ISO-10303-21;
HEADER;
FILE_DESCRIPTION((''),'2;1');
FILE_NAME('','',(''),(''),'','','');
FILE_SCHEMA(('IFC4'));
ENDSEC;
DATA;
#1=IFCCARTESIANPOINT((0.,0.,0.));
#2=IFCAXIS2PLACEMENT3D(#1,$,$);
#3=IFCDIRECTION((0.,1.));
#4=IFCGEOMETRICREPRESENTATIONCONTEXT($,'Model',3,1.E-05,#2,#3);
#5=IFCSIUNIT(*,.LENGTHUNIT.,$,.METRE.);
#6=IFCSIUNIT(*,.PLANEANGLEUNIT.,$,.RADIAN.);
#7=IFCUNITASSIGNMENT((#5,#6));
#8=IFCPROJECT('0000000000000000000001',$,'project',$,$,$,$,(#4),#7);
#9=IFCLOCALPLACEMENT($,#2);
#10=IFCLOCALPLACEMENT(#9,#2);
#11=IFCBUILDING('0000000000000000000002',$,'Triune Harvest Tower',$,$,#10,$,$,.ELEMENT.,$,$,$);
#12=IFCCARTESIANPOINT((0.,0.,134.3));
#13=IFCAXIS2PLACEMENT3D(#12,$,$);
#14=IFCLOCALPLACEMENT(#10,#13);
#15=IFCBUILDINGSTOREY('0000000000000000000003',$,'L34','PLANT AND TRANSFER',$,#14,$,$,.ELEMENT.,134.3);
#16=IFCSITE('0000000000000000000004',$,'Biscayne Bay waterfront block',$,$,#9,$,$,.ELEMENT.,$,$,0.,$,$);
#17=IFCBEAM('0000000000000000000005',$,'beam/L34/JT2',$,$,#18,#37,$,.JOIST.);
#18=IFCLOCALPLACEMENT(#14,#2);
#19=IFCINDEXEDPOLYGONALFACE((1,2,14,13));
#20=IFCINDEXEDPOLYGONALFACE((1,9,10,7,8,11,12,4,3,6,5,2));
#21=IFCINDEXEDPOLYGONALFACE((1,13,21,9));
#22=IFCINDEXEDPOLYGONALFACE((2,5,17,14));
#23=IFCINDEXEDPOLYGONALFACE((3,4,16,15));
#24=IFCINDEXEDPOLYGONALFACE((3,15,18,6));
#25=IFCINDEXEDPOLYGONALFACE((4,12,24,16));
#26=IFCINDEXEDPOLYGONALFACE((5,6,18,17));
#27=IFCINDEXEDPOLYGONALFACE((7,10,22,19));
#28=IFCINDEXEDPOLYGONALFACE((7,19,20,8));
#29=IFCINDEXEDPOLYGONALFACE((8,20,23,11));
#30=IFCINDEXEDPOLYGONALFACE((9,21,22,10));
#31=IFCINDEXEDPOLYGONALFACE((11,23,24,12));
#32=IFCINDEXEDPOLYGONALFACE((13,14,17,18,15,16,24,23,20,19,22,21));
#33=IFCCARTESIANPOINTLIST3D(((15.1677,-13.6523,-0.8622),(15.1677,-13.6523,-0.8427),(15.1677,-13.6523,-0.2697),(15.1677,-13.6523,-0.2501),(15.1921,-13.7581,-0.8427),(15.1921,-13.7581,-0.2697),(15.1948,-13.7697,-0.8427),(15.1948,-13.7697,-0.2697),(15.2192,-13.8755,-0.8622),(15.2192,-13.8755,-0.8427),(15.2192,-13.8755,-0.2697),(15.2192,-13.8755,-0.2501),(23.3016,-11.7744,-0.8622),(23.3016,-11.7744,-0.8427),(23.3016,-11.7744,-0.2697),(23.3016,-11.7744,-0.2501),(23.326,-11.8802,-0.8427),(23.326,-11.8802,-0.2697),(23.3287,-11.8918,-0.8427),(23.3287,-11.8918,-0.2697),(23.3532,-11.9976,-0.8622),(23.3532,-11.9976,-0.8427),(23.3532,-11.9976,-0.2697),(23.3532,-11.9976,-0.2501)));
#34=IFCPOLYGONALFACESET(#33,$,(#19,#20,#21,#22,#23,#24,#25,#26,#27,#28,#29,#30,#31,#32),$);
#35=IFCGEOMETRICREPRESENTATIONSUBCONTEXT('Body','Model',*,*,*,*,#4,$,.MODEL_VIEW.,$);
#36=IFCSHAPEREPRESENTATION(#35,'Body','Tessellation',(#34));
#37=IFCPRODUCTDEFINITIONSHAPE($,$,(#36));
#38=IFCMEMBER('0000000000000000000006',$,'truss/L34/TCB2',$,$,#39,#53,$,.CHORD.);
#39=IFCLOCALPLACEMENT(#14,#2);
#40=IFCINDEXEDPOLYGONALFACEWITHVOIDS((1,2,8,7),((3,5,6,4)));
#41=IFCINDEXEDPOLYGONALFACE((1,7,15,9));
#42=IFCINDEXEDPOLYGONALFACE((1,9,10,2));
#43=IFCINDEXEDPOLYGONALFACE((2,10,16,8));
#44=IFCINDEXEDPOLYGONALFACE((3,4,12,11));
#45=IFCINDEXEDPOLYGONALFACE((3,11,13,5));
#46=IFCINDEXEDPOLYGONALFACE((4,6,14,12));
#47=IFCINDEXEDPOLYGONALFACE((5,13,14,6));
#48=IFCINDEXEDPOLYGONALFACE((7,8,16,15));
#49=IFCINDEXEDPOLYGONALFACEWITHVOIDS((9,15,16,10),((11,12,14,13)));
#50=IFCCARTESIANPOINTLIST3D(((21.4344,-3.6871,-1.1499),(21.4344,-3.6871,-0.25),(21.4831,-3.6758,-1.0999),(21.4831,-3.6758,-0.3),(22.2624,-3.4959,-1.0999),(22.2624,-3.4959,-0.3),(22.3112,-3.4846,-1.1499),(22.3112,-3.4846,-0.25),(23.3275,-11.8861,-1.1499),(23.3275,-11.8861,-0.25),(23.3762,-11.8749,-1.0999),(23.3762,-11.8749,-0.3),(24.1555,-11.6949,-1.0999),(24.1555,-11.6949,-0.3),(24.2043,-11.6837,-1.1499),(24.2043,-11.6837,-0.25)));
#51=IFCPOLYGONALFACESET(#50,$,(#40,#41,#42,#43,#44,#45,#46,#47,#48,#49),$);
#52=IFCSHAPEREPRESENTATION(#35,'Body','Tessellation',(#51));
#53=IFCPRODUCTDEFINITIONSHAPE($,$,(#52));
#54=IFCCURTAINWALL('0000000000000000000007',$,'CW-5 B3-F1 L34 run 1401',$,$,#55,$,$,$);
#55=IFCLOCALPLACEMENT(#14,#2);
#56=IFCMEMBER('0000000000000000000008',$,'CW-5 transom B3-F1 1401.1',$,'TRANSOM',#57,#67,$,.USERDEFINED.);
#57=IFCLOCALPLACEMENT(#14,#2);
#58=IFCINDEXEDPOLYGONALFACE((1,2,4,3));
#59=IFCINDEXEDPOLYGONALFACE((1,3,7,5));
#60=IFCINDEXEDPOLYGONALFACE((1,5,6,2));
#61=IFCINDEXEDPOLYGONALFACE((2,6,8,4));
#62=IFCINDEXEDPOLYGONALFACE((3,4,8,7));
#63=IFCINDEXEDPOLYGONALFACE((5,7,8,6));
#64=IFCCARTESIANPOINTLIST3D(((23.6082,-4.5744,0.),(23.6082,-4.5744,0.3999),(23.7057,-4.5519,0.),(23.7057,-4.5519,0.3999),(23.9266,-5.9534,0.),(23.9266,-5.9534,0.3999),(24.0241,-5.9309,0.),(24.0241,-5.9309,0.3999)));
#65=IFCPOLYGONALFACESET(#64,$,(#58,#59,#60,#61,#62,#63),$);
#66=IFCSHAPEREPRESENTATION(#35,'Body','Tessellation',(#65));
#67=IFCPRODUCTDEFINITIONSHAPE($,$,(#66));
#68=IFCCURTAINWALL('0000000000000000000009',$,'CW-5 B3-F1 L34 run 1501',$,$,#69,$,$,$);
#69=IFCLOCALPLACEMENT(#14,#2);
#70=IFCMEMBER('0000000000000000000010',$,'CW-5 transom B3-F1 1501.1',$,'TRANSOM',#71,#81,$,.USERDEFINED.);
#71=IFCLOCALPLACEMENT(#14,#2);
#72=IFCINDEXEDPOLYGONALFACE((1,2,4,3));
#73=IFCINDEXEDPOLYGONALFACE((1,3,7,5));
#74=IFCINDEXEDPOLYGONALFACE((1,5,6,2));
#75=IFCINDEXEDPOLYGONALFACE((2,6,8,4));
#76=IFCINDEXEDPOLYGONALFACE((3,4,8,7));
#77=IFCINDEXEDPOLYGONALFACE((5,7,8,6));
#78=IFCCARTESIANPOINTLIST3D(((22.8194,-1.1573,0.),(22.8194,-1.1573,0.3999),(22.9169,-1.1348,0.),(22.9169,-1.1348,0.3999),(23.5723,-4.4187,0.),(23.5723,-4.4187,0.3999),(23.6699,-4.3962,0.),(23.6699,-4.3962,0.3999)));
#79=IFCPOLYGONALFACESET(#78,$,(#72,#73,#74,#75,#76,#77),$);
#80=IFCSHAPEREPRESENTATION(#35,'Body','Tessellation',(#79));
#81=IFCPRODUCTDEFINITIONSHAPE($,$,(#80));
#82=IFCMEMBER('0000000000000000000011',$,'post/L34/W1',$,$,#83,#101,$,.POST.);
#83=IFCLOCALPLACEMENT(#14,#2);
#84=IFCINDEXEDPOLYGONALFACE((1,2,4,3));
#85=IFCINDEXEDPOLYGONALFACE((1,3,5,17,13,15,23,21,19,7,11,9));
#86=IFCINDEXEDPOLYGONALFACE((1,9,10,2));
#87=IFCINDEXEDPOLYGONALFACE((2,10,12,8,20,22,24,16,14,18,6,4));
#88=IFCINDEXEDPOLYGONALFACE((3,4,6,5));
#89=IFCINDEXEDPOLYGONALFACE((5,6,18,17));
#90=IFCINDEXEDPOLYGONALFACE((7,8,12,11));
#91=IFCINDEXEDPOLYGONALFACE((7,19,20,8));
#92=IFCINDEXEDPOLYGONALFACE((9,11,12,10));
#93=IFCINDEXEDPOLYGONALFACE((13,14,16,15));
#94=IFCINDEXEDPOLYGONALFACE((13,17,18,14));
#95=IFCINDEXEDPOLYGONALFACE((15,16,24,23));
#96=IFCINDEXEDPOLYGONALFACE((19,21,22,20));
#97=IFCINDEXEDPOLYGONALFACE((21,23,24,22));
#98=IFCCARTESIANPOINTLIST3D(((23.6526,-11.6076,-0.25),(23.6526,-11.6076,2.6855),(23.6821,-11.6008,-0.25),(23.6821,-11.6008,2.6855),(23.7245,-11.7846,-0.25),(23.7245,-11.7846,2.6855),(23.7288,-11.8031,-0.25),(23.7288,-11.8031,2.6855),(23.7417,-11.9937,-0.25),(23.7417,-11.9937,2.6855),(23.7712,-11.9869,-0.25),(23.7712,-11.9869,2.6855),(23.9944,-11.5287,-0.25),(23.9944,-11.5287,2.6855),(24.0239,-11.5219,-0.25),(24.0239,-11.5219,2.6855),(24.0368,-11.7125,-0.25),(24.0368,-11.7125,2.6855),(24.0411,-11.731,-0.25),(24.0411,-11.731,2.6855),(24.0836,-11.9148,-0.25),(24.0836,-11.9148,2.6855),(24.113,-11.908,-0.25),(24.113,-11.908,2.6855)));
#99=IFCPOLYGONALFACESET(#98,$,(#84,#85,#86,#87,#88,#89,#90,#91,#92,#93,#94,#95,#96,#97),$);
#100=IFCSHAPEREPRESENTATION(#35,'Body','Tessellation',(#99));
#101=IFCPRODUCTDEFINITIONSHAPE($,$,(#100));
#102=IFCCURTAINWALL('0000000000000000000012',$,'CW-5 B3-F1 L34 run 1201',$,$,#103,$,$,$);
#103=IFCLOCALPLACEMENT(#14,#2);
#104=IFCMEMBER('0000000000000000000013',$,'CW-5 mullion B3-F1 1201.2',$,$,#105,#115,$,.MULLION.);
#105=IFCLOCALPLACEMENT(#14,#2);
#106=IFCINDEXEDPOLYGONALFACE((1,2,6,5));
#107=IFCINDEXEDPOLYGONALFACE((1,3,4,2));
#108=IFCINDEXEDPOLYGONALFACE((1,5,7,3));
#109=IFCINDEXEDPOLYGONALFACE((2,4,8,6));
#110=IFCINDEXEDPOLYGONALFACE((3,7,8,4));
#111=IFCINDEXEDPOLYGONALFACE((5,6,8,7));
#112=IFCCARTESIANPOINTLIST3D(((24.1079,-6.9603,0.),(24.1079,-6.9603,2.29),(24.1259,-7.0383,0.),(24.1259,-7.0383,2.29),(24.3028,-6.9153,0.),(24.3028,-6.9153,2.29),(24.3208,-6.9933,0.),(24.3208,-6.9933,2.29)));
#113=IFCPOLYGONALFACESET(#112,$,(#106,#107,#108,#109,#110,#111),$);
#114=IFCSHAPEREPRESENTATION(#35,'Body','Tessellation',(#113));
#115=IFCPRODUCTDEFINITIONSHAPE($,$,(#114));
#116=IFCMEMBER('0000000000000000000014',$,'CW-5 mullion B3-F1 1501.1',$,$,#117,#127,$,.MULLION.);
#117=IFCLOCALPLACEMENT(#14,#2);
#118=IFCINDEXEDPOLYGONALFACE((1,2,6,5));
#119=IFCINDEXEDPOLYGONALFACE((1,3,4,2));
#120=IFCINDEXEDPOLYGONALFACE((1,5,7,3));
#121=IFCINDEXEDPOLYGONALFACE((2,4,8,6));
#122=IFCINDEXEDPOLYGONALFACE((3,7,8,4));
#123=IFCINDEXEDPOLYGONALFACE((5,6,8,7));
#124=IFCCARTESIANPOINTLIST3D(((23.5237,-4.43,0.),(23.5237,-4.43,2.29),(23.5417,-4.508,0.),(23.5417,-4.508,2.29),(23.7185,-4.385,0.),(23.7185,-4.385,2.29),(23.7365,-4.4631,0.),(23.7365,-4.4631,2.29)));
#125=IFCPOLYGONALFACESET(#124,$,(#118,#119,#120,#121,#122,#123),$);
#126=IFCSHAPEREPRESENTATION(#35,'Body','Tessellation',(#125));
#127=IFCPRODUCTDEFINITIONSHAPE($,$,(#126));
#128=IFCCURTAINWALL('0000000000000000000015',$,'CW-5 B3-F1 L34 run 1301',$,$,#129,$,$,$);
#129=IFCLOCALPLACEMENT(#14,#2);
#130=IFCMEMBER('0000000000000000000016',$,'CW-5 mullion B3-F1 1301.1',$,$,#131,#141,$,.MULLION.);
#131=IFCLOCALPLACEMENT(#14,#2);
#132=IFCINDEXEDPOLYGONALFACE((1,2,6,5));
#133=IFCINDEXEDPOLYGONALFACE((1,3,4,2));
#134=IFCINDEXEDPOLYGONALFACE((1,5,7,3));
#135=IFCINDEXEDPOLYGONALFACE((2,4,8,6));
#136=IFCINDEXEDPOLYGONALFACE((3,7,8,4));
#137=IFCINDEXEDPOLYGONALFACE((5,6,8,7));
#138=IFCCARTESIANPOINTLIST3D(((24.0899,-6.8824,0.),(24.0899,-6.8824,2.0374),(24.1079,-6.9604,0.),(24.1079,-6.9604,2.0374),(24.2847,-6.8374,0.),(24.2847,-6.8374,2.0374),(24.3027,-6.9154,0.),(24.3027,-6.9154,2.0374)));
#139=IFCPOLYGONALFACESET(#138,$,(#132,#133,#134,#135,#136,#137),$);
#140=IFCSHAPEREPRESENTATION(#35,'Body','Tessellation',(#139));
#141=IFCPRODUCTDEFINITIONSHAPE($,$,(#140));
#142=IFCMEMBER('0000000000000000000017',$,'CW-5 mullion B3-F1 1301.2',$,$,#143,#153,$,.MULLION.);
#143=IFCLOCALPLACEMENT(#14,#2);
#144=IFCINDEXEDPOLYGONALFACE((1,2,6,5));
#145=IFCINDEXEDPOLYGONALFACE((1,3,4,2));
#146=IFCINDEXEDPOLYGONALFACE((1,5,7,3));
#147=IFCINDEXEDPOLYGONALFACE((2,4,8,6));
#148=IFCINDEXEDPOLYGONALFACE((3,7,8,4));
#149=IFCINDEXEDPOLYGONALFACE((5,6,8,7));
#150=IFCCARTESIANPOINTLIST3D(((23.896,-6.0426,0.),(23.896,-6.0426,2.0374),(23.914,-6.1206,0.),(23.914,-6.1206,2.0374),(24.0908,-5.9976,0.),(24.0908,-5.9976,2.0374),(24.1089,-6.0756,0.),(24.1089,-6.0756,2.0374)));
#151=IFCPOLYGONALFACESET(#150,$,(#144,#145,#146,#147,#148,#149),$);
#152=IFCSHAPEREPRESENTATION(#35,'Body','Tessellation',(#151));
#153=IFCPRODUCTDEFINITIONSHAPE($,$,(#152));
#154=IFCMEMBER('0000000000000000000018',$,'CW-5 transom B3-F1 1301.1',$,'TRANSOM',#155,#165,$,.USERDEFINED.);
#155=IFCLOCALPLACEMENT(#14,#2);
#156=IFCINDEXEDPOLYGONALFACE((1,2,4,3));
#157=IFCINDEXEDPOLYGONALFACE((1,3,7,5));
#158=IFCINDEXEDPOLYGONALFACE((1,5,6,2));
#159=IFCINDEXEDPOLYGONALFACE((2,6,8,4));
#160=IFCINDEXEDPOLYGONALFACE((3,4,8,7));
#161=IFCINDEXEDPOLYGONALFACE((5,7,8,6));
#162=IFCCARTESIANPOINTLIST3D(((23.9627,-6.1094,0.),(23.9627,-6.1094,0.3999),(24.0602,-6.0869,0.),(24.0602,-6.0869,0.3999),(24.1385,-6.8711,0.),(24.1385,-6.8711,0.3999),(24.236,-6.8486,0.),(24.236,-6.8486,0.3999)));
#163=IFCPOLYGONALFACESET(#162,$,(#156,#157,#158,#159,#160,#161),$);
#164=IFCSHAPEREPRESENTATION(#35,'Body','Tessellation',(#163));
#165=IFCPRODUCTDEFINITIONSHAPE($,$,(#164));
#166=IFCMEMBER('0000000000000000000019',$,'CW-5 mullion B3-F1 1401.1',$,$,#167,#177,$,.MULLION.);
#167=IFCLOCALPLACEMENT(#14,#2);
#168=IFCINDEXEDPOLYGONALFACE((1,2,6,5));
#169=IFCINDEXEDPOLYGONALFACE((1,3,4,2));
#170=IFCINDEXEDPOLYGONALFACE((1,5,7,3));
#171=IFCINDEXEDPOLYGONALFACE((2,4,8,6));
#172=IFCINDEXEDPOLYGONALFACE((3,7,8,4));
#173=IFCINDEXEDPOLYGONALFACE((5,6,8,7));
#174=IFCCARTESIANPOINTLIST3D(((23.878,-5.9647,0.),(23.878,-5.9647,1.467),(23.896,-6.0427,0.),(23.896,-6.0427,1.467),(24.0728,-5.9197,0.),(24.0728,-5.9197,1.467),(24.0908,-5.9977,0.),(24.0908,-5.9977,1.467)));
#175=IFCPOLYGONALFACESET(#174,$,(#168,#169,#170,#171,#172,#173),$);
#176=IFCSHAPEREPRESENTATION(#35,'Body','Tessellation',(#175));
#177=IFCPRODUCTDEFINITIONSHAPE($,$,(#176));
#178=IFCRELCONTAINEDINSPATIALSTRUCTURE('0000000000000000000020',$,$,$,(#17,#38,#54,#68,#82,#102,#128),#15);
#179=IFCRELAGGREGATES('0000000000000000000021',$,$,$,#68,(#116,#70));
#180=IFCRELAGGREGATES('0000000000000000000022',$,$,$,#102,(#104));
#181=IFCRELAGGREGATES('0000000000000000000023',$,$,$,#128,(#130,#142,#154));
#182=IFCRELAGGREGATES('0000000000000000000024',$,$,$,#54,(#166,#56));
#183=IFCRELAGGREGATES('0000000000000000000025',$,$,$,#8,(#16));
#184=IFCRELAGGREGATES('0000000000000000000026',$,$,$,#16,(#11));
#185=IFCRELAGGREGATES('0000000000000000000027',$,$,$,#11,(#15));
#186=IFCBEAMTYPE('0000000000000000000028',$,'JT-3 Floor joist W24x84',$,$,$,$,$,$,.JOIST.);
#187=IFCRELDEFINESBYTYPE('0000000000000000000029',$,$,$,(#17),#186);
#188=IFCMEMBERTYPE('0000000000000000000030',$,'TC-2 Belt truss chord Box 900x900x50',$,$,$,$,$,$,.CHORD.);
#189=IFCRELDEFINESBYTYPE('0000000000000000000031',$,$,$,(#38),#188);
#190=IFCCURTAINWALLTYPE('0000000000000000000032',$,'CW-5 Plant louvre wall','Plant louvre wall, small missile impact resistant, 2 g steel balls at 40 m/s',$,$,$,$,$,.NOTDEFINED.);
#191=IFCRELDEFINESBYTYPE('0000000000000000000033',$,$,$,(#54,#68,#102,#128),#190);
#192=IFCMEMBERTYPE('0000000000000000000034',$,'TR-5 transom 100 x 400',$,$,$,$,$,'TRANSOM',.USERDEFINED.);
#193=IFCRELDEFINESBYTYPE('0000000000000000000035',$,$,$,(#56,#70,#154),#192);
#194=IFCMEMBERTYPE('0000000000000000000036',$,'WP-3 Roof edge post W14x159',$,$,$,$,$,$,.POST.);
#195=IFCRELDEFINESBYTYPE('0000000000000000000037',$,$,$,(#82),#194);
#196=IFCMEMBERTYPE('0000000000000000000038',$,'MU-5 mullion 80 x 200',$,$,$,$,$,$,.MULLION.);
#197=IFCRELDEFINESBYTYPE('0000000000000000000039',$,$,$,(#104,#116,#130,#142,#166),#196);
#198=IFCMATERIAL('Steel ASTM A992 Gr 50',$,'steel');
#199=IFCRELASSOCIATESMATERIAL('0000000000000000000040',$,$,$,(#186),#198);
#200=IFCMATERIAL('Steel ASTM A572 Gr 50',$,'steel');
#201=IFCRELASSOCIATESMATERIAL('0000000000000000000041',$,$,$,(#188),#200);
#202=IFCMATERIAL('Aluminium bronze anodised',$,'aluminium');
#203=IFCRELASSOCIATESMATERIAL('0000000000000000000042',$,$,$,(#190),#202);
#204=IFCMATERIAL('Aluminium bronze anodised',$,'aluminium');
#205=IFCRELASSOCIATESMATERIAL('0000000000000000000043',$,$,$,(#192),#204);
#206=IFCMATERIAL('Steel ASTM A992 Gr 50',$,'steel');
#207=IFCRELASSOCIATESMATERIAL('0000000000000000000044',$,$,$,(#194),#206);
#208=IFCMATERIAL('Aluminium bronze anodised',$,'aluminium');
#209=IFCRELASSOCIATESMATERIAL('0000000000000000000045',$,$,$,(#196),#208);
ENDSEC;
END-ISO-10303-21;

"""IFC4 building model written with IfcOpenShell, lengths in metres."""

from ifc_helpers import new_model, si_unit, direction, frame, origin, origin_2d, place, context, subcontext, project, spatial, rectangle, hollow_rectangle, i_section, extrude, source, transform, mapped, material, material_profile, profile_set, type_object, element, aggregate, save


model = new_model("IFC4")

# Units and contexts
model_context = context("Model", 3, precision=1e-05, world=origin(), true_north=direction((0.0, 1.0)))
body_context = subcontext(model_context, "Body", "Model", "MODEL_VIEW")
ifc_project = project(units=[si_unit("LENGTHUNIT", "METRE"), si_unit("PLANEANGLEUNIT", "RADIAN")], contexts=[model_context])

# Site, building, storey
site_placement = place(None, origin())
site = spatial("IfcSite", under=ifc_project, at=site_placement, Name="Biscayne Bay waterfront block", CompositionType="ELEMENT", RefElevation=0.0)
building_placement = place(site_placement, origin())
building = spatial("IfcBuilding", under=site, at=building_placement, Name="Triune Harvest Tower", CompositionType="ELEMENT")
storey_placement = place(building_placement, frame((0.0, 0.0, 134.3)))
storey = spatial("IfcBuildingStorey", under=building, at=storey_placement, Name="L34", Description="PLANT AND TRANSFER", CompositionType="ELEMENT", Elevation=134.3)

# Beam
ifc_material_1 = material(Name="Steel ASTM A992 Gr 50", Category="steel")
ifc_material_profile_1 = material_profile(ifc_material_1, i_section(OverallWidth=0.229, OverallDepth=0.6121, WebThickness=0.012, FlangeThickness=0.0195, at=origin_2d()), Name="W24x84")
ifc_profile_set_1 = profile_set([ifc_material_profile_1], Name="Steel ASTM A992 Gr 50")
beam_type = type_object("IfcBeamType", Name="JT-3 Floor joist W24x84", PredefinedType="JOIST", material=ifc_profile_set_1)
beam_placement = place(storey_placement, frame((23.3274, -11.886, -0.5562), z_axis=(-0.974369, -0.224956, 0.0), x_axis=(0.224956, -0.974369, 0.0)))
element("IfcBeam", 1, at=beam_placement, inside=storey, type_object=beam_type, Name="beam/L34/JT2", PredefinedType="JOIST", context=body_context, shape_type="SweptSolid", body=[
    extrude(i_section(OverallWidth=0.229, OverallDepth=0.6121, WebThickness=0.012, FlangeThickness=0.0195, at=origin_2d()), origin(), (0.0, 0.0, 1.0), 8.3479),
])

# Member
ifc_material_2 = material(Name="Steel ASTM A572 Gr 50", Category="steel")
ifc_material_profile_2 = material_profile(ifc_material_2, hollow_rectangle(XDim=0.8999, YDim=0.8999, WallThickness=0.05, at=origin_2d()), Name="Box 900x900x50")
ifc_profile_set_2 = profile_set([ifc_material_profile_2], Name="Steel ASTM A572 Gr 50")
member_type_1 = type_object("IfcMemberType", Name="TC-2 Belt truss chord Box 900x900x50", PredefinedType="CHORD", material=ifc_profile_set_2)
member_1_placement = place(storey_placement, frame((23.7659, -11.7849, -0.7), z_axis=(-0.224972, 0.974365, 0.0), x_axis=(-0.974365, -0.224972, 0.0)))
element("IfcMember", 2, at=member_1_placement, inside=storey, type_object=member_type_1, Name="truss/L34/TCB2", PredefinedType="CHORD", context=body_context, shape_type="SweptSolid", body=[
    extrude(hollow_rectangle(XDim=0.8999, YDim=0.8999, WallThickness=0.05, at=origin_2d()), origin(), (0.0, 0.0, 1.0), 8.4148),
])

# Curtain walls, members
ifc_material_3 = material(Name="Aluminium bronze anodised", Category="aluminium")
curtain_wall_type = type_object("IfcCurtainWallType", Name="CW-5 Plant louvre wall", Description="Plant louvre wall, small missile impact resistant, 2 g steel balls at 40 m/s", PredefinedType="NOTDEFINED", material=ifc_material_3)
curtain_wall_1_placement = place(storey_placement, origin())
curtain_wall_1 = element("IfcCurtainWall", 3, at=curtain_wall_1_placement, inside=storey, type_object=curtain_wall_type, Name="CW-5 B3-F1 L34 run 1401")
ifc_material_4 = material(Name="Aluminium bronze anodised", Category="aluminium")
ifc_material_profile_3 = material_profile(ifc_material_4, rectangle(XDim=0.1001, YDim=0.3999, at=origin_2d()), Name="TR-5 transom 100 x 400")
ifc_profile_set_3 = profile_set([ifc_material_profile_3], Name="Aluminium bronze anodised")
member_type_2 = type_object("IfcMemberType", Name="TR-5 transom 100 x 400", ElementType="TRANSOM", PredefinedType="USERDEFINED", material=ifc_profile_set_3)
member_2_placement = place(storey_placement, frame((23.9753, -5.9421, 0.2), z_axis=(-0.22496, 0.974368, 0.0), x_axis=(-0.974368, -0.22496, 0.0)))
member_2 = element("IfcMember", 4, at=member_2_placement, type_object=member_type_2, Name="CW-5 transom B3-F1 1401.1", ObjectType="TRANSOM", PredefinedType="USERDEFINED", context=body_context, shape_type="SweptSolid", body=[
    extrude(rectangle(XDim=0.1001, YDim=0.3999, at=origin_2d()), origin(), (0.0, 0.0, 1.0), 1.4153),
])
curtain_wall_2_placement = place(storey_placement, origin())
curtain_wall_2 = element("IfcCurtainWall", 5, at=curtain_wall_2_placement, inside=storey, type_object=curtain_wall_type, Name="CW-5 B3-F1 L34 run 1501")
member_3_placement = place(storey_placement, frame((23.6211, -4.4075, 0.2), z_axis=(-0.224939, 0.974373, 0.0), x_axis=(-0.974373, -0.224939, 0.0)))
member_3 = element("IfcMember", 6, at=member_3_placement, type_object=member_type_2, Name="CW-5 transom B3-F1 1501.1", ObjectType="TRANSOM", PredefinedType="USERDEFINED", context=body_context, shape_type="SweptSolid", body=[
    extrude(rectangle(XDim=0.1001, YDim=0.3999, at=origin_2d()), origin(), (0.0, 0.0, 1.0), 3.3472),
])

# Member
ifc_material_5 = material(Name="Steel ASTM A992 Gr 50", Category="steel")
ifc_material_profile_4 = material_profile(ifc_material_5, i_section(OverallWidth=0.3962, OverallDepth=0.3811, WebThickness=0.019, FlangeThickness=0.0303, at=origin_2d()), Name="W14x159")
ifc_profile_set_4 = profile_set([ifc_material_profile_4], Name="Steel ASTM A992 Gr 50")
member_type_3 = type_object("IfcMemberType", Name="WP-3 Roof edge post W14x159", PredefinedType="POST", material=ifc_profile_set_4)
shared_shape_1 = source(origin(), body_context, "Body", "SweptSolid", [
    extrude(i_section(OverallWidth=0.3962, OverallDepth=0.3811, WebThickness=0.019, FlangeThickness=0.0303, at=origin_2d()), origin(), (0.0, 0.0, 1.0), 2.9355),
])
member_4_placement = place(storey_placement, frame((23.8828, -11.7578, -0.25), z_axis=(0.0, 0.0, 1.0), x_axis=(-0.224953, 0.97437, 0.0)))
element("IfcMember", 7, at=member_4_placement, inside=storey, type_object=member_type_3, Name="post/L34/W1", PredefinedType="POST", context=body_context, shape_type="MappedRepresentation", body=[
    mapped(shared_shape_1, transform((0.0, 0.0, 0.0), scale=1.0)),
])

# Curtain wall, member
curtain_wall_3_placement = place(storey_placement, origin())
curtain_wall_3 = element("IfcCurtainWall", 8, at=curtain_wall_3_placement, inside=storey, type_object=curtain_wall_type, Name="CW-5 B3-F1 L34 run 1201")
ifc_material_6 = material(Name="Aluminium bronze anodised", Category="aluminium")
ifc_material_profile_5 = material_profile(ifc_material_6, rectangle(XDim=0.2, YDim=0.0801, at=origin_2d()), Name="MU-5 mullion 80 x 200")
ifc_profile_set_5 = profile_set([ifc_material_profile_5], Name="Aluminium bronze anodised")
member_type_4 = type_object("IfcMemberType", Name="MU-5 mullion 80 x 200", PredefinedType="MULLION", material=ifc_profile_set_5)
shared_shape_2 = source(origin(), body_context, "Body", "SweptSolid", [
    extrude(rectangle(XDim=0.2, YDim=0.0801, at=origin_2d()), origin(), (0.0, 0.0, 1.0), 2.29),
])
member_5_placement = place(storey_placement, frame((24.2144, -6.9768, 0.0), z_axis=(0.0, 0.0, 1.0), x_axis=(-0.974368, -0.22496, 0.0)))
member_5 = element("IfcMember", 9, at=member_5_placement, type_object=member_type_4, Name="CW-5 mullion B3-F1 1201.2", PredefinedType="MULLION", context=body_context, shape_type="MappedRepresentation", body=[
    mapped(shared_shape_2, transform((0.0, 0.0, 0.0), scale=1.0)),
])

# Member
member_6_placement = place(storey_placement, frame((23.6301, -4.4465, 0.0), z_axis=(0.0, 0.0, 1.0), x_axis=(-0.974367, -0.224966, 0.0)))
member_6 = element("IfcMember", 10, at=member_6_placement, type_object=member_type_4, Name="CW-5 mullion B3-F1 1501.1", PredefinedType="MULLION", context=body_context, shape_type="MappedRepresentation", body=[
    mapped(shared_shape_2, transform((0.0, 0.0, 0.0), scale=1.0)),
])
aggregate(curtain_wall_2, [member_6, member_3])

# Curtain wall, members
curtain_wall_4_placement = place(storey_placement, origin())
curtain_wall_4 = element("IfcCurtainWall", 11, at=curtain_wall_4_placement, inside=storey, type_object=curtain_wall_type, Name="CW-5 B3-F1 L34 run 1301")
shared_shape_3 = source(origin(), body_context, "Body", "SweptSolid", [
    extrude(rectangle(XDim=0.2, YDim=0.0801, at=origin_2d()), origin(), (0.0, 0.0, 1.0), 2.0374),
])
member_7_placement = place(storey_placement, frame((24.1963, -6.8989, 0.0), z_axis=(0.0, 0.0, 1.0), x_axis=(-0.974368, -0.22496, 0.0)))
member_7 = element("IfcMember", 12, at=member_7_placement, type_object=member_type_4, Name="CW-5 mullion B3-F1 1301.1", PredefinedType="MULLION", context=body_context, shape_type="MappedRepresentation", body=[
    mapped(shared_shape_3, transform((0.0, 0.0, 0.0), scale=1.0)),
])
member_8_placement = place(storey_placement, frame((24.0024, -6.0591, 0.0), z_axis=(0.0, 0.0, 1.0), x_axis=(-0.974368, -0.22496, 0.0)))
member_8 = element("IfcMember", 13, at=member_8_placement, type_object=member_type_4, Name="CW-5 mullion B3-F1 1301.2", PredefinedType="MULLION", context=body_context, shape_type="MappedRepresentation", body=[
    mapped(shared_shape_3, transform((0.0, 0.0, 0.0), scale=1.0)),
])
shared_shape_4 = source(origin(), body_context, "Body", "SweptSolid", [
    extrude(rectangle(XDim=0.1001, YDim=0.3999, at=origin_2d()), origin(), (0.0, 0.0, 1.0), 0.7817),
])
member_9_placement = place(storey_placement, frame((24.1873, -6.8599, 0.2), z_axis=(-0.22486, 0.974391, 0.0), x_axis=(-0.974391, -0.22486, 0.0)))
member_9 = element("IfcMember", 14, at=member_9_placement, type_object=member_type_2, Name="CW-5 transom B3-F1 1301.1", ObjectType="TRANSOM", PredefinedType="USERDEFINED", context=body_context, shape_type="MappedRepresentation", body=[
    mapped(shared_shape_4, transform((0.0, 0.0, 0.0), scale=1.0)),
])

# Member
shared_shape_5 = source(origin(), body_context, "Body", "SweptSolid", [
    extrude(rectangle(XDim=0.2, YDim=0.0801, at=origin_2d()), origin(), (0.0, 0.0, 1.0), 1.467),
])
member_10_placement = place(storey_placement, frame((23.9844, -5.9812, 0.0), z_axis=(0.0, 0.0, 1.0), x_axis=(-0.974372, -0.224943, 0.0)))
member_10 = element("IfcMember", 15, at=member_10_placement, type_object=member_type_4, Name="CW-5 mullion B3-F1 1401.1", PredefinedType="MULLION", context=body_context, shape_type="MappedRepresentation", body=[
    mapped(shared_shape_5, transform((0.0, 0.0, 0.0), scale=1.0)),
])

aggregate(curtain_wall_3, [member_5])
aggregate(curtain_wall_4, [member_7, member_8, member_9])
aggregate(curtain_wall_1, [member_10, member_2])

save(model, "model.ifc")
